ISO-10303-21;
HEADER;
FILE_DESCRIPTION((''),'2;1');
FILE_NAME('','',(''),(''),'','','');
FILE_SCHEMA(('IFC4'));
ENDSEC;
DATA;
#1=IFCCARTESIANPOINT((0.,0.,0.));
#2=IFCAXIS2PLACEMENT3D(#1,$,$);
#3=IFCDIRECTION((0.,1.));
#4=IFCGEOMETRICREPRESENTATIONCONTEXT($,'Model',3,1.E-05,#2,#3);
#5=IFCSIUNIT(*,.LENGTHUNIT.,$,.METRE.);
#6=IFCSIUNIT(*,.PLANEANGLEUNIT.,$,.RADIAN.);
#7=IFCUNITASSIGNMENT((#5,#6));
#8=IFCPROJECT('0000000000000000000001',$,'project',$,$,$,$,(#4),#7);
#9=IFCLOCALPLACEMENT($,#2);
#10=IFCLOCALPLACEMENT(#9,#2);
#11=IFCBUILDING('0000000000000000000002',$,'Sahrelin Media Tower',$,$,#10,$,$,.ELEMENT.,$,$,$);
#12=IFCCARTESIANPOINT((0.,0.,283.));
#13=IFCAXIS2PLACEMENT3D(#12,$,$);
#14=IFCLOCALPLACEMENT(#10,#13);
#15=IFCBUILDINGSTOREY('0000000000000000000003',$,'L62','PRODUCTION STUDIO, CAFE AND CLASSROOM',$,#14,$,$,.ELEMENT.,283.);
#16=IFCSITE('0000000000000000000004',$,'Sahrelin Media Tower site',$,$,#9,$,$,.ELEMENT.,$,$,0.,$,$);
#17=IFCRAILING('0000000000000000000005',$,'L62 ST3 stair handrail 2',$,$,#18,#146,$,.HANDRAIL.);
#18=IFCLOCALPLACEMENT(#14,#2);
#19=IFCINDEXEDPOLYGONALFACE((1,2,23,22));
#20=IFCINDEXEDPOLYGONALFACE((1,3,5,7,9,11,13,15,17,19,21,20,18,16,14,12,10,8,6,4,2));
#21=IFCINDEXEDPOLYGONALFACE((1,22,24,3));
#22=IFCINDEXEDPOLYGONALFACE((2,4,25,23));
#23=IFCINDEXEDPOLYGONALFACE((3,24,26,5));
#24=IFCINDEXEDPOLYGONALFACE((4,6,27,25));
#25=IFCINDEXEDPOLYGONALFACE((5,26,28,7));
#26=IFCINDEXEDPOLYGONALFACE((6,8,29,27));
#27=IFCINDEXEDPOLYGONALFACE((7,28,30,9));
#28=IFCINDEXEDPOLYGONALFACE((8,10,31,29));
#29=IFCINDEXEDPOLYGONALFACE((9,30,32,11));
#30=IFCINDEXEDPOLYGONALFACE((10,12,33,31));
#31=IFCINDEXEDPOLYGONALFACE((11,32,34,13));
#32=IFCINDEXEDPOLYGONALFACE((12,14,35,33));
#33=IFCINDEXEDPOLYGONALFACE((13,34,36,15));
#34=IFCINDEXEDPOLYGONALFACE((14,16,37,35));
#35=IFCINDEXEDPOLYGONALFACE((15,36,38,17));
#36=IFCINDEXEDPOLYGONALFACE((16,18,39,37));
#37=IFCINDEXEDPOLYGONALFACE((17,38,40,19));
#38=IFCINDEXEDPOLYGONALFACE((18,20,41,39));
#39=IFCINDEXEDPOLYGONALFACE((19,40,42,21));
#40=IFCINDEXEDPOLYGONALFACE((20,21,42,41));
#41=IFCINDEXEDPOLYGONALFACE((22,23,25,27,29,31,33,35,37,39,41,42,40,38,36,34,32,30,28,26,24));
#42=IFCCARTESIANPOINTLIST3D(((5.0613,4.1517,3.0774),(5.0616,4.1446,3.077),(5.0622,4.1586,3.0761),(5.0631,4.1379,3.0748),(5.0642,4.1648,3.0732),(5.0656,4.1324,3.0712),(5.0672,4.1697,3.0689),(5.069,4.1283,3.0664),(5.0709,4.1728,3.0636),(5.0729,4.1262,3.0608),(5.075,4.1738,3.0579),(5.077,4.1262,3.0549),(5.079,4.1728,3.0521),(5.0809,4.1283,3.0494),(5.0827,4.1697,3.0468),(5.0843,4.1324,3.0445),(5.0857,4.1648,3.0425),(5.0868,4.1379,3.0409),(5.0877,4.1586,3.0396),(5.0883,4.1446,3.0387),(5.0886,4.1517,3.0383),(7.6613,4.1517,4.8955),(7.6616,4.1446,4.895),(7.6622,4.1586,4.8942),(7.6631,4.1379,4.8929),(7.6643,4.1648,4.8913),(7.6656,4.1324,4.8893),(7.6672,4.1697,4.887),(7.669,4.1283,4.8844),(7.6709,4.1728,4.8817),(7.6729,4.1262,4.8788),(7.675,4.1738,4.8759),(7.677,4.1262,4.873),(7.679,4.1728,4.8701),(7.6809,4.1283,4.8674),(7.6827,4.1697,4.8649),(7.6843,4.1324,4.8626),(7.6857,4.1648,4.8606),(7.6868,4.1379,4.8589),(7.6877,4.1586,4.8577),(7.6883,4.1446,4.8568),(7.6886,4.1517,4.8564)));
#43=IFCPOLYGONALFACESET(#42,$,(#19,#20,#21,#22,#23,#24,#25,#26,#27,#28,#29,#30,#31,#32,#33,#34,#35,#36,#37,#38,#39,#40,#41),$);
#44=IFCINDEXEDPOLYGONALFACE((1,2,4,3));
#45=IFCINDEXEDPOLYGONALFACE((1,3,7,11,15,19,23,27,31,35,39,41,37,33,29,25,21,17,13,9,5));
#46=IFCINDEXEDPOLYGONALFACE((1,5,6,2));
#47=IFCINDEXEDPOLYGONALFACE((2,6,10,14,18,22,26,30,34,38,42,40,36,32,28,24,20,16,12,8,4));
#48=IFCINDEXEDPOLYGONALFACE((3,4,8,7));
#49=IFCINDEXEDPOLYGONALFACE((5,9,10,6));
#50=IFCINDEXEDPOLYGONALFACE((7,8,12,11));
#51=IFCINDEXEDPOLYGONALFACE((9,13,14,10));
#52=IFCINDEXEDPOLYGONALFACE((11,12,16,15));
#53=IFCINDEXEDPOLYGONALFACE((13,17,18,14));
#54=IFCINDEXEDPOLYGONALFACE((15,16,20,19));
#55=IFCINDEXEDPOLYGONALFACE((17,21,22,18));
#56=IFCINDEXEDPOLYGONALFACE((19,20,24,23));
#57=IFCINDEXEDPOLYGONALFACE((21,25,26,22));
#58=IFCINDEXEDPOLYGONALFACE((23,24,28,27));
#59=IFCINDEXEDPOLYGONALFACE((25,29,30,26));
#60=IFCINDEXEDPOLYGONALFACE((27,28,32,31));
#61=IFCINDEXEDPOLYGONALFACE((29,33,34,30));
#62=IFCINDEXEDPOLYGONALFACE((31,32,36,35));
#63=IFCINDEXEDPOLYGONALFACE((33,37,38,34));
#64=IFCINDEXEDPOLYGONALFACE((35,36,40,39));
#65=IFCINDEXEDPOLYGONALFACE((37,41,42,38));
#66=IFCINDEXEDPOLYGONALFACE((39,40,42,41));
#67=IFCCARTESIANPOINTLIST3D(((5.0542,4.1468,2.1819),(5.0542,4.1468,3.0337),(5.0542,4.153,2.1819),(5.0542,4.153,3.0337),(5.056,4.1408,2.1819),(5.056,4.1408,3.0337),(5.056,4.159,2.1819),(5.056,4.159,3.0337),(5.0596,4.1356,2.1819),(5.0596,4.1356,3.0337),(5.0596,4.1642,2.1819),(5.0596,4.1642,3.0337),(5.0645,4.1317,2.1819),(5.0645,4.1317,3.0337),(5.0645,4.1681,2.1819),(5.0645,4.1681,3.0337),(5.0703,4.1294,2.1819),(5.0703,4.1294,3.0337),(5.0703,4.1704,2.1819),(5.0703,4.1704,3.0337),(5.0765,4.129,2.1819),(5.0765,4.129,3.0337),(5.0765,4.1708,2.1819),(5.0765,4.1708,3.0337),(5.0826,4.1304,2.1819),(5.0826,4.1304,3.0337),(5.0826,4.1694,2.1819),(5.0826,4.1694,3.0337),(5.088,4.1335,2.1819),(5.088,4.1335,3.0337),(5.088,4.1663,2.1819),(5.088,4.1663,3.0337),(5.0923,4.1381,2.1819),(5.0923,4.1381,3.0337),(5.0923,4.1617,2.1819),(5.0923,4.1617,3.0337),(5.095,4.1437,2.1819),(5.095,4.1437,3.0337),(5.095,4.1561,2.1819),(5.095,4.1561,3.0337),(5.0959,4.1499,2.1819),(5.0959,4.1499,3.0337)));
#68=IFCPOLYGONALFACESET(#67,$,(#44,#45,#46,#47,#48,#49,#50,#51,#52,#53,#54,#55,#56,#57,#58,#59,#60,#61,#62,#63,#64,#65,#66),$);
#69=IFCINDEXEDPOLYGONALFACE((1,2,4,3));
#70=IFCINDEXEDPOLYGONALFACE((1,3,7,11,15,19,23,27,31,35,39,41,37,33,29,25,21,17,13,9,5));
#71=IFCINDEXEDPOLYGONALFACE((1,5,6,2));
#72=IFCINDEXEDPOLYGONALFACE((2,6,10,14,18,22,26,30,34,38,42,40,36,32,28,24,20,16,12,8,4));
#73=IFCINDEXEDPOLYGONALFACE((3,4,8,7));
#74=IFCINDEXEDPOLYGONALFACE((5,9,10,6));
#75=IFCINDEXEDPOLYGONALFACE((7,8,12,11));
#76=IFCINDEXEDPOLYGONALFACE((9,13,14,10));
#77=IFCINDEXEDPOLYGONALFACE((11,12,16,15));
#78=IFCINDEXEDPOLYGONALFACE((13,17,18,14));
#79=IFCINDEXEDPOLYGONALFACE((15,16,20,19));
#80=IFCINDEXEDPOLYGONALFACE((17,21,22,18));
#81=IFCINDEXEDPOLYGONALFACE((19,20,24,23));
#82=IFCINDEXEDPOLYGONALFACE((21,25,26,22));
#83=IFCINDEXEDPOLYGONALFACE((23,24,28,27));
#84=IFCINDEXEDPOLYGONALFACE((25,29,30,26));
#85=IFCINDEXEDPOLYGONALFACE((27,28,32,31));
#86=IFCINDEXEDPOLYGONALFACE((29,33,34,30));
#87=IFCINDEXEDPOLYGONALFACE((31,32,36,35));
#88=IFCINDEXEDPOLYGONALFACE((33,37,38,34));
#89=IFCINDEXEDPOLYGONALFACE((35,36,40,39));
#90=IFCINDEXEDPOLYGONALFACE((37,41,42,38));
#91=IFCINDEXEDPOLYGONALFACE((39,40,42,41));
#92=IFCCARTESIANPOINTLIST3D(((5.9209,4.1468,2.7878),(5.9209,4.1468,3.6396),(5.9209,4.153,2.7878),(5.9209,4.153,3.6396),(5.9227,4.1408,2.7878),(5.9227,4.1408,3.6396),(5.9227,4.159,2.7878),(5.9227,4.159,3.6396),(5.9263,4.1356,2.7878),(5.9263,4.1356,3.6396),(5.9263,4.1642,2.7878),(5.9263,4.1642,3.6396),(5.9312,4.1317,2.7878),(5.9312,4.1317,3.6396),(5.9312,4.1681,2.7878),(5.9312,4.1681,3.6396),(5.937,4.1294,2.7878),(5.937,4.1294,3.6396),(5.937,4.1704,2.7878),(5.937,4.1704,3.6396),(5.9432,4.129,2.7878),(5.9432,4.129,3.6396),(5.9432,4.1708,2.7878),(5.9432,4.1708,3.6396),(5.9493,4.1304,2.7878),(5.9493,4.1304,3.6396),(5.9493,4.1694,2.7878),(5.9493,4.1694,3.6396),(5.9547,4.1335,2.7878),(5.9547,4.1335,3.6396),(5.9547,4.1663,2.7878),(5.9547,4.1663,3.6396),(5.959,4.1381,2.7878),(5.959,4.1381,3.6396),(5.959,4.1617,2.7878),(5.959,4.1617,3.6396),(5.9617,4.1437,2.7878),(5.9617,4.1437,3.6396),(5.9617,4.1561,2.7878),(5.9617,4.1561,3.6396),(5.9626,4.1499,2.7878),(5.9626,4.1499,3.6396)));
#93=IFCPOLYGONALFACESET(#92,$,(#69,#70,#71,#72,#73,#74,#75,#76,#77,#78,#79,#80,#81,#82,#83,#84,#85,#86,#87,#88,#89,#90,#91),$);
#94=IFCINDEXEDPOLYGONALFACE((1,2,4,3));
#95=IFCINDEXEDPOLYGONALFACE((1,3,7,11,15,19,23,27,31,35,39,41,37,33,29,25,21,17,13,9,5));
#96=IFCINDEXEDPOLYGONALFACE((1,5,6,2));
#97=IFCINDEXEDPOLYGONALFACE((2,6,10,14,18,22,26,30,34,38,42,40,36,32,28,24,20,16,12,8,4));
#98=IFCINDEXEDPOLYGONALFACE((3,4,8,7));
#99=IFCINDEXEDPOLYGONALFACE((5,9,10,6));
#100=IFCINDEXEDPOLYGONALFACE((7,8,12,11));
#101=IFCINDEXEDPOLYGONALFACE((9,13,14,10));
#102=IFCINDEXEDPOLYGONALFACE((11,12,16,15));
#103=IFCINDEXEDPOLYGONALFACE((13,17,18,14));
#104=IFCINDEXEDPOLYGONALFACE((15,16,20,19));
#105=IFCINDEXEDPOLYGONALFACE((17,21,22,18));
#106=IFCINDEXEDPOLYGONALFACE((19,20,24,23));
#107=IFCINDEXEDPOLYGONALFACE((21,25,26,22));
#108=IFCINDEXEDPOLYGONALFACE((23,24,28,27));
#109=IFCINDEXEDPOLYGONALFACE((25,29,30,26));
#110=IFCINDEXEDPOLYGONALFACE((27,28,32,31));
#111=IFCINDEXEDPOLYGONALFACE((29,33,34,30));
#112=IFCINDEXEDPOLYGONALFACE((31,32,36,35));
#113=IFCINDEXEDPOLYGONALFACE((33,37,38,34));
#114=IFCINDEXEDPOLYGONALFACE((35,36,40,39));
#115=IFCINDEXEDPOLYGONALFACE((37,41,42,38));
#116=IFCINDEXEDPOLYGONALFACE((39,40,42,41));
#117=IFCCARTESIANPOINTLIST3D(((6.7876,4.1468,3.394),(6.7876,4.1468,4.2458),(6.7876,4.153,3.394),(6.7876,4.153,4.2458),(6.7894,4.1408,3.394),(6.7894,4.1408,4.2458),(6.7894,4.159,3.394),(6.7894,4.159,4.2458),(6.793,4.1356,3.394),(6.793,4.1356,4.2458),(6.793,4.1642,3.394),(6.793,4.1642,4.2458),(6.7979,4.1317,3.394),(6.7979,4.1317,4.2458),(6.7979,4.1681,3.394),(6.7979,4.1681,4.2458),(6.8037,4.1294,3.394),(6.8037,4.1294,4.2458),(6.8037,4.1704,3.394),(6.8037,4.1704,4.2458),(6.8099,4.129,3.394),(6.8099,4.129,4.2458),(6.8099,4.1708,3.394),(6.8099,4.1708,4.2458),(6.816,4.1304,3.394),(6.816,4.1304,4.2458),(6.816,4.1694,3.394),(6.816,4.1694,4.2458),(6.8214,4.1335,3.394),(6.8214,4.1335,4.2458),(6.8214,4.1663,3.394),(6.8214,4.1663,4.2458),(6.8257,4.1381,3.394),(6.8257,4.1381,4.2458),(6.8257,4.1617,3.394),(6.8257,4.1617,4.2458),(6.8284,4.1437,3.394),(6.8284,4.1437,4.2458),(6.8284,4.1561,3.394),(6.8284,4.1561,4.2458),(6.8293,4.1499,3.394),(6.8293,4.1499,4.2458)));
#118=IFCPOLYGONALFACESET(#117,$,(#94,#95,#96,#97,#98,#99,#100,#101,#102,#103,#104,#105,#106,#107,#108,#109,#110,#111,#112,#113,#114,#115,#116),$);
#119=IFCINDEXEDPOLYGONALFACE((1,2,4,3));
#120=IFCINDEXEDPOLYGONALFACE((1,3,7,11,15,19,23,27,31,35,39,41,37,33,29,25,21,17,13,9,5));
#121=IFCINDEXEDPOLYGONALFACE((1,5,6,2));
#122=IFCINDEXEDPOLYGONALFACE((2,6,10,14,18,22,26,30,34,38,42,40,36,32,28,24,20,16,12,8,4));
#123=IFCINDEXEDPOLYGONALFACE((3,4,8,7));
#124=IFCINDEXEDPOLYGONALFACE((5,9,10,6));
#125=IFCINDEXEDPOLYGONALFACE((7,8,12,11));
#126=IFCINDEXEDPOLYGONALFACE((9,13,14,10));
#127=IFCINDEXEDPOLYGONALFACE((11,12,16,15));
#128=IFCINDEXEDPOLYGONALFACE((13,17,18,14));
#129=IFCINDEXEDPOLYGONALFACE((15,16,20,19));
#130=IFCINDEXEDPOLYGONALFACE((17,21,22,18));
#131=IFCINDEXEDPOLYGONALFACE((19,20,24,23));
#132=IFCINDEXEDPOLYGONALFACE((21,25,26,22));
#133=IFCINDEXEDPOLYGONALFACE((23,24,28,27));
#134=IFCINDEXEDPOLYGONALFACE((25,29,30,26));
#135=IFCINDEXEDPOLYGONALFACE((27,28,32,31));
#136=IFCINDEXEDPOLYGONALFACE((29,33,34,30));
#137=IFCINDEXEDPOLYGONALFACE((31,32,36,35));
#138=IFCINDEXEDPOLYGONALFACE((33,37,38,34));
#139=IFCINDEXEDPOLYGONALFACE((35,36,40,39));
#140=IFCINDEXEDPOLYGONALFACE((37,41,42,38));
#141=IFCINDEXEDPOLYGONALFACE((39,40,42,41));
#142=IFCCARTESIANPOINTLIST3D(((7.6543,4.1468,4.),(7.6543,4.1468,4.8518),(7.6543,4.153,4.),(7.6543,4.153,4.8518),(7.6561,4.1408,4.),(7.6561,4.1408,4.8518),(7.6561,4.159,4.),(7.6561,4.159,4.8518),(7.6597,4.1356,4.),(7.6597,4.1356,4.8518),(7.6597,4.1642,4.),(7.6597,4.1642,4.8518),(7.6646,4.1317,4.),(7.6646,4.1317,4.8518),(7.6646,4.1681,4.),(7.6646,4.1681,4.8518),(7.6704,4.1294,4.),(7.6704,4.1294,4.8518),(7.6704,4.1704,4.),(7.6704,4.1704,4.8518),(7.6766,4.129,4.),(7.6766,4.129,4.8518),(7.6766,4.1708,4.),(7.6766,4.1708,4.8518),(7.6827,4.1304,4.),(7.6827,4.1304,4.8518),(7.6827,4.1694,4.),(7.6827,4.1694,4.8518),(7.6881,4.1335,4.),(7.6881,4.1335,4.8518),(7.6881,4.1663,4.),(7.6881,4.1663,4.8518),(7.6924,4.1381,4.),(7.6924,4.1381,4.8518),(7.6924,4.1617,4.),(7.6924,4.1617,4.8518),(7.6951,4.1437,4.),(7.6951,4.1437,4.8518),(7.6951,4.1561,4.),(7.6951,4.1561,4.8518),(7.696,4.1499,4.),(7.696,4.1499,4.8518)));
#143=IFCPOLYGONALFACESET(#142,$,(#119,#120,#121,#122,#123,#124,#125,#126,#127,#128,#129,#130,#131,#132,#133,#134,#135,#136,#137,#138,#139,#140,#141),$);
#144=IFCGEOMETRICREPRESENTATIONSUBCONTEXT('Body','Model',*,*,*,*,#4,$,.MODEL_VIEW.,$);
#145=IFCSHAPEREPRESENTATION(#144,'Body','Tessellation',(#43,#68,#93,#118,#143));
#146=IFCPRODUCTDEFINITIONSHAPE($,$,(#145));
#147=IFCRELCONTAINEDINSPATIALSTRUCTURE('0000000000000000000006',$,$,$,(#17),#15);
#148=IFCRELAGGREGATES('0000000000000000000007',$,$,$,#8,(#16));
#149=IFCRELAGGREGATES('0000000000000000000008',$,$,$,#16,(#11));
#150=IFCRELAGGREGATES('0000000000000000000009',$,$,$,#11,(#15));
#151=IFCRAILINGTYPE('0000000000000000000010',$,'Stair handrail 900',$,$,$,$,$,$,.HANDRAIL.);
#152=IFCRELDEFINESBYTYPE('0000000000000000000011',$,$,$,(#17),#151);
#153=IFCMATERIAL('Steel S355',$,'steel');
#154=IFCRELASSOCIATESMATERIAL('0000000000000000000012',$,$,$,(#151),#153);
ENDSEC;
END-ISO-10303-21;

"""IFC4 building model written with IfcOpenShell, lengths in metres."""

from ifc_helpers import new_model, si_unit, direction, frame, origin, origin_2d, place, context, subcontext, project, spatial, circle, extrude, material, type_object, element, save


model = new_model("IFC4")

# Units and contexts
model_context = context("Model", 3, precision=1e-05, world=origin(), true_north=direction((0.0, 1.0)))
body_context = subcontext(model_context, "Body", "Model", "MODEL_VIEW")
ifc_project = project(units=[si_unit("LENGTHUNIT", "METRE"), si_unit("PLANEANGLEUNIT", "RADIAN")], contexts=[model_context])

# Site, building, storey
site_placement = place(None, origin())
site = spatial("IfcSite", under=ifc_project, at=site_placement, Name="Sahrelin Media Tower site", CompositionType="ELEMENT", RefElevation=0.0)
building_placement = place(site_placement, origin())
building = spatial("IfcBuilding", under=site, at=building_placement, Name="Sahrelin Media Tower", CompositionType="ELEMENT")
storey_placement = place(building_placement, frame((0.0, 0.0, 283.0)))
storey = spatial("IfcBuildingStorey", under=building, at=storey_placement, Name="L62", Description="PRODUCTION STUDIO, CAFE AND CLASSROOM", CompositionType="ELEMENT", Elevation=283.0)

# Shared definitions
ifc_material_1 = material(Name="Steel S355", Category="steel")

# Railing
railing_type_1 = type_object("IfcRailingType", Name="Stair handrail 900", PredefinedType="HANDRAIL", material=ifc_material_1)
railing_1_placement = place(storey_placement, frame((5.075, 4.1499, 2.1819)))
element("IfcRailing", 1, at=railing_1_placement, inside=storey, type_object=railing_type_1, Name="L62 ST3 stair handrail 2", PredefinedType="HANDRAIL", context=body_context, shape_type="SweptSolid", body=[
    extrude(circle(Radius=0.0239, at=origin_2d()), frame((0.0, 0.0, 0.876), z_axis=(0.819521, 0.0, 0.573049), x_axis=(0.0, 1.0, 0.0)), (0.0, 0.0, 1.0), 3.1726),
    extrude(circle(Radius=0.021, at=origin_2d()), origin(), (0.0, 0.0, 1.0), 0.8518),
    extrude(circle(Radius=0.021, at=origin_2d()), frame((0.8667, 0.0, 0.606)), (0.0, 0.0, 1.0), 0.8518),
    extrude(circle(Radius=0.021, at=origin_2d()), frame((1.7334, 0.0, 1.2122)), (0.0, 0.0, 1.0), 0.8518),
    extrude(circle(Radius=0.021, at=origin_2d()), frame((2.6001, 0.0, 1.8181)), (0.0, 0.0, 1.0), 0.8518),
])

save(model, "model.ifc")
